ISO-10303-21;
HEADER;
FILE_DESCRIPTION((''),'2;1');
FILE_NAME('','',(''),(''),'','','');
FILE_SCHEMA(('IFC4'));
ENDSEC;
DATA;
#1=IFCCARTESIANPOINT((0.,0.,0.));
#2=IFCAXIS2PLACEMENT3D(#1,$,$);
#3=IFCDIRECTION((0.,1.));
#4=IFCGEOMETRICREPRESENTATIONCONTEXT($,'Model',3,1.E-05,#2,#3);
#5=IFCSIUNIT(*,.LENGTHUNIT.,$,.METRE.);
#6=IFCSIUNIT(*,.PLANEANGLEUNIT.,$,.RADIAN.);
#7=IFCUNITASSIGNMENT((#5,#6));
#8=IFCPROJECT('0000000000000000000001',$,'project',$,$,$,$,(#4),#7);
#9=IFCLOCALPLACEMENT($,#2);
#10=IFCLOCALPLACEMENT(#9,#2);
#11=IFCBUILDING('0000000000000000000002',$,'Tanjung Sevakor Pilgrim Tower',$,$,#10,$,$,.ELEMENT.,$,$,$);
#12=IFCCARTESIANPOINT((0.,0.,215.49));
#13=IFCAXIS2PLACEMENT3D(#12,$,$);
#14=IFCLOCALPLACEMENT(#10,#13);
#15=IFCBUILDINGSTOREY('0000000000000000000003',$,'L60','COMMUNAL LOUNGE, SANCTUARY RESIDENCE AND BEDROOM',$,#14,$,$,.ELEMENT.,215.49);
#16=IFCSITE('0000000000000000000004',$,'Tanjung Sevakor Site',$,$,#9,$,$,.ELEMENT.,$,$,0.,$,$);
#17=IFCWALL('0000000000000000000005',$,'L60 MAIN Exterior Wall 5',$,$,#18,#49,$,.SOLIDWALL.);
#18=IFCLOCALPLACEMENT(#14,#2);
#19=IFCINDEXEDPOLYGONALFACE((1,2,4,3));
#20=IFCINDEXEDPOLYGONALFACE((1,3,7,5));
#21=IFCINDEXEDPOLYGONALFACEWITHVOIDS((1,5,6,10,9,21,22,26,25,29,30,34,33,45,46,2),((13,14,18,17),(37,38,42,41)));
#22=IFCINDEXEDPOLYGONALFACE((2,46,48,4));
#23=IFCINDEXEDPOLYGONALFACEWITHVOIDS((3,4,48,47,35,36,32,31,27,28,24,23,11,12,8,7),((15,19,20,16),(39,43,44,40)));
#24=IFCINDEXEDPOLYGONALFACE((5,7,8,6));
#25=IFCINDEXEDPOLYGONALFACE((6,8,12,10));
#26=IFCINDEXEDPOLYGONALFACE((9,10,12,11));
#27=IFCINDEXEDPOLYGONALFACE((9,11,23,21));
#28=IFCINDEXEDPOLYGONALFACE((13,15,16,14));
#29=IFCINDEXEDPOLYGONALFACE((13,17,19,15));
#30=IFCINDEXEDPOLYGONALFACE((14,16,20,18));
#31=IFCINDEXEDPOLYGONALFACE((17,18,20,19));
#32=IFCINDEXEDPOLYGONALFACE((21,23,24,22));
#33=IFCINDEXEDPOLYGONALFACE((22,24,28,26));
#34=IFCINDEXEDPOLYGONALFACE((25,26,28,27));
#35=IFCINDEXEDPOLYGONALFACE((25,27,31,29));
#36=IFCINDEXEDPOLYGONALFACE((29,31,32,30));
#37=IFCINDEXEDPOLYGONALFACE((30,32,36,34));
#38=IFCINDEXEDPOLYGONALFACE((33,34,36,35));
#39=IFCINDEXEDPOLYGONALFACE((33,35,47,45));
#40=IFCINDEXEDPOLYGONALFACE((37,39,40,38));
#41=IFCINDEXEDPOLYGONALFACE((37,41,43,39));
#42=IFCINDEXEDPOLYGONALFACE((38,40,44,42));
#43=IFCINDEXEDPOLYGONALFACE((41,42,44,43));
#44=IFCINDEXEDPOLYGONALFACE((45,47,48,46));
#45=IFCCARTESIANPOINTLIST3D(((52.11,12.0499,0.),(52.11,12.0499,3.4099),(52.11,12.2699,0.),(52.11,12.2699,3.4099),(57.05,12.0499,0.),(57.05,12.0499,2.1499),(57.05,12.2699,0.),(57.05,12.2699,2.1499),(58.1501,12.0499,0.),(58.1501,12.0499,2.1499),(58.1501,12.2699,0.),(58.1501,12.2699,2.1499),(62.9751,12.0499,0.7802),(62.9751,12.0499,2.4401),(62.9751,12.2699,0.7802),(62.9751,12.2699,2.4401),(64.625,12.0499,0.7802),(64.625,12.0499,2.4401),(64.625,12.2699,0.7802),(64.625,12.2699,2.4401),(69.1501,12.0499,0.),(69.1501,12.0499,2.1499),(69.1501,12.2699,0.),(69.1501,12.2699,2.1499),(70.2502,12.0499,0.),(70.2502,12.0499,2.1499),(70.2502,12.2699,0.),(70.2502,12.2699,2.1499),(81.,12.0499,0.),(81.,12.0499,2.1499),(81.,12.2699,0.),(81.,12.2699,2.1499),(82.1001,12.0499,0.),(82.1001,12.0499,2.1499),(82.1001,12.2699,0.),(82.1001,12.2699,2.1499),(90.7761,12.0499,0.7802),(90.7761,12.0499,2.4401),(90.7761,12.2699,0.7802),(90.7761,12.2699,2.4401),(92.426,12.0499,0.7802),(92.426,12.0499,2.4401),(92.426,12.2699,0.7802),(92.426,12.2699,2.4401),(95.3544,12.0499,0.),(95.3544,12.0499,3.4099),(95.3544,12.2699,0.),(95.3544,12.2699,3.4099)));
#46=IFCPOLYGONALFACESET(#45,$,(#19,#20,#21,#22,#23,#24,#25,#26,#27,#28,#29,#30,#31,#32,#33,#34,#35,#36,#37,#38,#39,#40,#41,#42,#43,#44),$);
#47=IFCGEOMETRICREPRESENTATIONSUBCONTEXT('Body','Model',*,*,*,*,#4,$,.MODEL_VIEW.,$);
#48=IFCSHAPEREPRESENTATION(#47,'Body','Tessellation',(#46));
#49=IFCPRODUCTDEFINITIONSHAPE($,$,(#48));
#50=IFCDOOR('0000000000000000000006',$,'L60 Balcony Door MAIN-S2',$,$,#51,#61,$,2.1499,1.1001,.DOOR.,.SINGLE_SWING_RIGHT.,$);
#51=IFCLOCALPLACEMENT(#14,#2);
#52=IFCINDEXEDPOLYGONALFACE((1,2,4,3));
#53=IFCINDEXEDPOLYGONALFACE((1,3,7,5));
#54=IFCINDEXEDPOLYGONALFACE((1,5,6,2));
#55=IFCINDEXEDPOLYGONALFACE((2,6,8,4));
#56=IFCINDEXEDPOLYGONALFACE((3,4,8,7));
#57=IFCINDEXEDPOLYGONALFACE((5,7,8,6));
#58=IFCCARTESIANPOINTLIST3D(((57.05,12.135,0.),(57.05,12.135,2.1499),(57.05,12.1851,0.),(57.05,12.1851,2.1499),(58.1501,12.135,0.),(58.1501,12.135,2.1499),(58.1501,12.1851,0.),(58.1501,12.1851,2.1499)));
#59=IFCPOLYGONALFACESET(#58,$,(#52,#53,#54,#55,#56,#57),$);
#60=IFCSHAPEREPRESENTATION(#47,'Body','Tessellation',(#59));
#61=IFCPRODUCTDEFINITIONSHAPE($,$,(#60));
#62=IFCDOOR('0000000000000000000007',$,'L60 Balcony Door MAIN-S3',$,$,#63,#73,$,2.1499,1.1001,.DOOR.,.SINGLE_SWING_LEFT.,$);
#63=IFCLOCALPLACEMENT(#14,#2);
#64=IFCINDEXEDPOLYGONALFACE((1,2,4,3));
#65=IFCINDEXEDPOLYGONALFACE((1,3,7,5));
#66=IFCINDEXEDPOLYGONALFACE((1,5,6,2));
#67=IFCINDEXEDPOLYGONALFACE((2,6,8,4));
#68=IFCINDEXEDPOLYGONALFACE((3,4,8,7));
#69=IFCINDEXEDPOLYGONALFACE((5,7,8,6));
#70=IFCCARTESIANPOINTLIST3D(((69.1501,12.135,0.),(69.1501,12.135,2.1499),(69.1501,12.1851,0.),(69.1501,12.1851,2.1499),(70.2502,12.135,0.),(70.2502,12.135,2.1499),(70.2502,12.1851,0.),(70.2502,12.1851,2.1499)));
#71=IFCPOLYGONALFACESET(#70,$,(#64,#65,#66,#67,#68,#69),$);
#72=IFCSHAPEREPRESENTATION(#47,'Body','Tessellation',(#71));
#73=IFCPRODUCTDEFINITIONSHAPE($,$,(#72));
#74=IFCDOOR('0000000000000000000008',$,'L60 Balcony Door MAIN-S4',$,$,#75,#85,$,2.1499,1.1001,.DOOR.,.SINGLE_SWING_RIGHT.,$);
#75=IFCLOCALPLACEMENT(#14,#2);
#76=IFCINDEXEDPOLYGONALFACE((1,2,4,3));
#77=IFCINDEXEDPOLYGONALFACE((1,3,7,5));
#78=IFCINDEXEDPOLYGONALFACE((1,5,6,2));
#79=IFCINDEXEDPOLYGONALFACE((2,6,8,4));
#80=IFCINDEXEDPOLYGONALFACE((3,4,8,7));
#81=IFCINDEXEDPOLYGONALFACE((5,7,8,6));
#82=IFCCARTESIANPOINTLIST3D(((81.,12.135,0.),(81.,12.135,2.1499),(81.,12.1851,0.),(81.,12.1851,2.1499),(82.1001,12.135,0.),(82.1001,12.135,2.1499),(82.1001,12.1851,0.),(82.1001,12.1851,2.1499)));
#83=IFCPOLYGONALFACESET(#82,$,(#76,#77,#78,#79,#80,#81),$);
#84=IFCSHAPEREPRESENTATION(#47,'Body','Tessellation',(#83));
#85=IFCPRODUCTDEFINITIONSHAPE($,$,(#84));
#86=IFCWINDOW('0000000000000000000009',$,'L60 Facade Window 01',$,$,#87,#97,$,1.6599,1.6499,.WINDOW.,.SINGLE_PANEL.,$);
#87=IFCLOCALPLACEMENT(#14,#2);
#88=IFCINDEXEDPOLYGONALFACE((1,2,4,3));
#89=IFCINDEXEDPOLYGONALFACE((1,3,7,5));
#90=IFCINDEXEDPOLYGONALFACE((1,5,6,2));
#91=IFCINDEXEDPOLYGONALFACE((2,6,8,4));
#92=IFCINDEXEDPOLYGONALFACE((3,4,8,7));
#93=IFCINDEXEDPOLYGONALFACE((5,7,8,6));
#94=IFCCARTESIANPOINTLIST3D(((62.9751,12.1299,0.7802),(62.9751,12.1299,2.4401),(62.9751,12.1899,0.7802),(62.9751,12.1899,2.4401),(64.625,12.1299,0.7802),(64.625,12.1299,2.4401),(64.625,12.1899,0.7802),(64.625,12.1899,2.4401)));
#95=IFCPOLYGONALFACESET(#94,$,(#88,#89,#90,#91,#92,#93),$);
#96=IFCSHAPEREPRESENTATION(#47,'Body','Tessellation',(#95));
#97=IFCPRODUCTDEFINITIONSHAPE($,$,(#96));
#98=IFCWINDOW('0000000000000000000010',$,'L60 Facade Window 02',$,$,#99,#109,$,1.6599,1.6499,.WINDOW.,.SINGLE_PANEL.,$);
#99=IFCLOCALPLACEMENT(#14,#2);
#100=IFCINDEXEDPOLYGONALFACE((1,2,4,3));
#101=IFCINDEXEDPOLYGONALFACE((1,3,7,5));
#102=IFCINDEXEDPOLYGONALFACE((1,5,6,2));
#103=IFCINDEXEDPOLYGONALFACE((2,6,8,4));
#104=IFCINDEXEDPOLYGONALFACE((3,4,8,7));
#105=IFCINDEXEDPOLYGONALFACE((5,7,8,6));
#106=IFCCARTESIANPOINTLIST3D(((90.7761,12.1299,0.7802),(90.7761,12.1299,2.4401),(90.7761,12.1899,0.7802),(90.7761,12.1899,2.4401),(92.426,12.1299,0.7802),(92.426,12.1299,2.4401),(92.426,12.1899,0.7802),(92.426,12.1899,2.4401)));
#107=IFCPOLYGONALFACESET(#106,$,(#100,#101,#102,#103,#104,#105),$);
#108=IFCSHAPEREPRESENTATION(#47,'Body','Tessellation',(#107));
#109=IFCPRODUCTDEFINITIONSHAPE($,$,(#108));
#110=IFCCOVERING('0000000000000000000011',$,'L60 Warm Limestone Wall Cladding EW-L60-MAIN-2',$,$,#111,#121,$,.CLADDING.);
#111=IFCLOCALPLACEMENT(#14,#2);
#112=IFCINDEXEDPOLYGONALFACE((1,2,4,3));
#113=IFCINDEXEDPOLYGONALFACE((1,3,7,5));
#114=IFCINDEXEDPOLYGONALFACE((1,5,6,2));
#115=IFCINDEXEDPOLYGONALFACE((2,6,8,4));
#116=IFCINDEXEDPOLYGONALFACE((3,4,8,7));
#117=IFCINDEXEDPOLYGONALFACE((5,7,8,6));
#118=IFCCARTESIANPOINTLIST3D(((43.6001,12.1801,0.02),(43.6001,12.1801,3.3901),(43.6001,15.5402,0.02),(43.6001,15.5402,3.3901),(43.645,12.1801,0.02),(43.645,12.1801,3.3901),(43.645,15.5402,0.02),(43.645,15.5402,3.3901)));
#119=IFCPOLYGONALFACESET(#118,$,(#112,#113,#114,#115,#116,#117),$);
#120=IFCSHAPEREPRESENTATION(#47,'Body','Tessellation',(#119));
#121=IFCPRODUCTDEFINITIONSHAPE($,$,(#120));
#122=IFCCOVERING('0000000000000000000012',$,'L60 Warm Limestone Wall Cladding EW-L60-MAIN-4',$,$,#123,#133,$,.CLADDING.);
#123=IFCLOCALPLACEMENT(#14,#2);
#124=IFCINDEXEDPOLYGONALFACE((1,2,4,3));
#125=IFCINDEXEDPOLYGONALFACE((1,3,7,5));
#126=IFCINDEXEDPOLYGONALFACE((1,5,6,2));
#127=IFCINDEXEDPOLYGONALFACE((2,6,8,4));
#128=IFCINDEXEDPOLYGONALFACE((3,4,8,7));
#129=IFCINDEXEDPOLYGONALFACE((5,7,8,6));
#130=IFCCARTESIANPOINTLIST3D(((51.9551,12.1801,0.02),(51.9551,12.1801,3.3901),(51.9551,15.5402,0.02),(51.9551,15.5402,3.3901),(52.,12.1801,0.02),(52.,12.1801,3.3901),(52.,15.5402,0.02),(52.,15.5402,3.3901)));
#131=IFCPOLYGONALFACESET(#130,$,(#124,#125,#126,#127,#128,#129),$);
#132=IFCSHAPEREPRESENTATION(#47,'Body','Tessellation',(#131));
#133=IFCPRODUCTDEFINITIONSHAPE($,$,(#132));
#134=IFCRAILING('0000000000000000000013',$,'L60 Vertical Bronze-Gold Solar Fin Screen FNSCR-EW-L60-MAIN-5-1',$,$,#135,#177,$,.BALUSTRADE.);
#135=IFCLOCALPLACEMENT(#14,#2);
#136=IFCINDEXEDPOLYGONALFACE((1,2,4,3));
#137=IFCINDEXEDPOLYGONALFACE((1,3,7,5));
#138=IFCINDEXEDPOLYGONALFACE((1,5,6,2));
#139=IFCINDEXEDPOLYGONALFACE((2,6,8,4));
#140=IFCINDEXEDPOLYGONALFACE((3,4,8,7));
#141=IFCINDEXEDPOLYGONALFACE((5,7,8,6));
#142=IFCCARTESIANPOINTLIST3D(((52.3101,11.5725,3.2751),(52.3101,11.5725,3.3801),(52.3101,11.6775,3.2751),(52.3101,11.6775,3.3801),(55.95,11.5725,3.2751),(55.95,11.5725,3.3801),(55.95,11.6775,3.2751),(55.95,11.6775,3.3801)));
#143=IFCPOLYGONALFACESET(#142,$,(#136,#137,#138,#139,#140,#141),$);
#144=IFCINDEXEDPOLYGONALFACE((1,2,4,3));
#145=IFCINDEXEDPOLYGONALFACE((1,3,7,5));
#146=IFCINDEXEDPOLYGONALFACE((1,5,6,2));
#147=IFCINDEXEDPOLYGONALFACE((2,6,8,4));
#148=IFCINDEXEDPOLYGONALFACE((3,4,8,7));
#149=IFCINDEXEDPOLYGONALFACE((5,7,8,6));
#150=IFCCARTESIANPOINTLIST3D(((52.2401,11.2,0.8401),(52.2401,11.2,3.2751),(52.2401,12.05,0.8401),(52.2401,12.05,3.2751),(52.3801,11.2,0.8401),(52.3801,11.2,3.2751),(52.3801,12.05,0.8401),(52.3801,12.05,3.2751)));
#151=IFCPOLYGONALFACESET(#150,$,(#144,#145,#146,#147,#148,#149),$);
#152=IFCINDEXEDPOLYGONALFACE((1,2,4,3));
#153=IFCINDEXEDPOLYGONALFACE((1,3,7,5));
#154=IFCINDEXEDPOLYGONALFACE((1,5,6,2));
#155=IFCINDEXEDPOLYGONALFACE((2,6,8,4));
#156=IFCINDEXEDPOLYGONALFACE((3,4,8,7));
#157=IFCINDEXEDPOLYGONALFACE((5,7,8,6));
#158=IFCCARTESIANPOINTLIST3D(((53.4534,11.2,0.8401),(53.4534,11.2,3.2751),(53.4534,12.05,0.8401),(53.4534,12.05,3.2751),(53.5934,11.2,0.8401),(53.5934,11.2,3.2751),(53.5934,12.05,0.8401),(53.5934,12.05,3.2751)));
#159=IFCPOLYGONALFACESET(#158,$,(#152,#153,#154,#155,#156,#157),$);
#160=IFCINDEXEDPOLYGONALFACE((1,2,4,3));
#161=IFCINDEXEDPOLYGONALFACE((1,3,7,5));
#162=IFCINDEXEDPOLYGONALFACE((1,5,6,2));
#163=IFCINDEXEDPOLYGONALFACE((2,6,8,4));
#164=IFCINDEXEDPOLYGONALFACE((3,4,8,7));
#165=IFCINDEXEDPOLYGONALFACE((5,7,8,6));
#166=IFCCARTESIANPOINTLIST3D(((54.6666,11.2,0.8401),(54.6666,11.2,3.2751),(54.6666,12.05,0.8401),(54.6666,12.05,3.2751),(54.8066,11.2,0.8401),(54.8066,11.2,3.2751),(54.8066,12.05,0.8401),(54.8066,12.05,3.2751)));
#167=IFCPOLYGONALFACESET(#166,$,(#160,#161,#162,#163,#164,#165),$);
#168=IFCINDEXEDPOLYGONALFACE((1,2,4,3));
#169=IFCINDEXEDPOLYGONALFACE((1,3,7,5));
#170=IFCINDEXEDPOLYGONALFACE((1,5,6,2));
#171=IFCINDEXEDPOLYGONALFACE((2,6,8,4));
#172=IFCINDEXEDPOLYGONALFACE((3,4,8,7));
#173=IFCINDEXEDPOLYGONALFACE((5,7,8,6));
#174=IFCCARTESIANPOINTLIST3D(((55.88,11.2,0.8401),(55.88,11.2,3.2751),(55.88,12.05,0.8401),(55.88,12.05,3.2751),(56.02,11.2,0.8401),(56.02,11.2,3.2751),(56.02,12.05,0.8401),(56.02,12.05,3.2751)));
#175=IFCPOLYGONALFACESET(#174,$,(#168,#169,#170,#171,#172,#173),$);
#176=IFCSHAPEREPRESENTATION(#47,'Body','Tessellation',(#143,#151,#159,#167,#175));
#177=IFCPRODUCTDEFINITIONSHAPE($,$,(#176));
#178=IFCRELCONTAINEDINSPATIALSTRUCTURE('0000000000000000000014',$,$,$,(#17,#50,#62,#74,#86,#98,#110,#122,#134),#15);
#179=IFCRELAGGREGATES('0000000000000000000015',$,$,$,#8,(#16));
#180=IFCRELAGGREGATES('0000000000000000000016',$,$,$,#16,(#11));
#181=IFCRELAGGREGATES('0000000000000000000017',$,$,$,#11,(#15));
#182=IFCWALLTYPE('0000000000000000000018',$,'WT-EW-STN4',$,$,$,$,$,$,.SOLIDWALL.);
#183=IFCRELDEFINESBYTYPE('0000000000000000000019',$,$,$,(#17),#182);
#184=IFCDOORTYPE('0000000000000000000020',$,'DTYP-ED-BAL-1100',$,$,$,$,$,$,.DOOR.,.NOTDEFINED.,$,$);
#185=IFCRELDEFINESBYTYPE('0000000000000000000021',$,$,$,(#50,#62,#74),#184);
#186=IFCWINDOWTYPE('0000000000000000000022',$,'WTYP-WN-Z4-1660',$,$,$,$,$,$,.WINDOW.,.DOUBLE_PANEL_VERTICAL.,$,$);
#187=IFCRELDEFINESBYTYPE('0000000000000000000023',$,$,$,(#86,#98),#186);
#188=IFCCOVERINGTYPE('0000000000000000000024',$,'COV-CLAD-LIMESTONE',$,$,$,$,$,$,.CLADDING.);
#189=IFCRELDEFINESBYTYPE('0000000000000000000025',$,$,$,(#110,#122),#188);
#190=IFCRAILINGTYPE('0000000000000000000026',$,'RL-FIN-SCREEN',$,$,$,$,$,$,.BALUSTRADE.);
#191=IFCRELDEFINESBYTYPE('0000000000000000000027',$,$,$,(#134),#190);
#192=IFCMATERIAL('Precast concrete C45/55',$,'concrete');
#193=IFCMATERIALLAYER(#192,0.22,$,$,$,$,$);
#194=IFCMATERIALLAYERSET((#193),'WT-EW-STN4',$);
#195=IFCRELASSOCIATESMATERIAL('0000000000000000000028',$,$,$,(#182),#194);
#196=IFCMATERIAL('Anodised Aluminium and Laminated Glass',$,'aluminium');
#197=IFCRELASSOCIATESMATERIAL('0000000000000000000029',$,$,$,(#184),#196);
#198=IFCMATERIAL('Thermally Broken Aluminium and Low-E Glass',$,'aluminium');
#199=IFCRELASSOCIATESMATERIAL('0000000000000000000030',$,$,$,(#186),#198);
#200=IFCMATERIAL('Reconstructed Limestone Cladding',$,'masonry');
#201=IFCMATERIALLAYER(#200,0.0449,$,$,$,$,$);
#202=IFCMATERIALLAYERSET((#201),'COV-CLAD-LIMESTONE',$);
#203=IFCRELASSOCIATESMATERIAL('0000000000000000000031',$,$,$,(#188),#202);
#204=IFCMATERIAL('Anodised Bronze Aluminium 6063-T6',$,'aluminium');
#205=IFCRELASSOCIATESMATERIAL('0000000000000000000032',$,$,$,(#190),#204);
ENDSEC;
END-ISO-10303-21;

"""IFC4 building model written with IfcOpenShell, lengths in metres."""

from ifc_helpers import new_model, si_unit, direction, frame, frame_2d, origin, origin_2d, place, context, subcontext, project, spatial, rectangle, extrude, material, layer, layer_set, type_object, element, fill, save


model = new_model("IFC4")

# Units and contexts
model_context = context("Model", 3, precision=1e-05, world=origin(), true_north=direction((0.0, 1.0)))
body_context = subcontext(model_context, "Body", "Model", "MODEL_VIEW")
ifc_project = project(units=[si_unit("LENGTHUNIT", "METRE"), si_unit("PLANEANGLEUNIT", "RADIAN")], contexts=[model_context])

# Site, building, storey
site_placement = place(None, origin())
site = spatial("IfcSite", under=ifc_project, at=site_placement, Name="Tanjung Sevakor Site", CompositionType="ELEMENT", RefElevation=0.0)
building_placement = place(site_placement, origin())
building = spatial("IfcBuilding", under=site, at=building_placement, Name="Tanjung Sevakor Pilgrim Tower", CompositionType="ELEMENT")
storey_placement = place(building_placement, frame((0.0, 0.0, 215.49)))
storey = spatial("IfcBuildingStorey", under=building, at=storey_placement, Name="L60", Description="COMMUNAL LOUNGE, SANCTUARY RESIDENCE AND BEDROOM", CompositionType="ELEMENT", Elevation=215.49)

# Shared definitions
ifc_material_1 = material(Name="Precast concrete C45/55", Category="concrete")
ifc_layer_1 = layer(ifc_material_1, 0.22)
ifc_layer_set_1 = layer_set([ifc_layer_1], Name="WT-EW-STN4")
wall_type_1 = type_object("IfcWallType", Name="WT-EW-STN4", PredefinedType="SOLIDWALL", material=ifc_layer_set_1)

# Wall, openings, doors, windows
wall_1_placement = place(storey_placement, frame((52.1101, 12.1599, 0.0), z_axis=(0.0, 0.0, 1.0), x_axis=(1.0, 0.0, 0.0)))
wall_1 = element("IfcWall", 1, at=wall_1_placement, inside=storey, type_object=wall_type_1, Name="L60 MAIN Exterior Wall 5", PredefinedType="SOLIDWALL", context=body_context, shape_type="SweptSolid", body=[
    extrude(rectangle(XDim=43.2444, YDim=0.22, at=frame_2d((21.6221, 0.0))), origin(), (0.0, 0.0, 1.0), 3.4099),
])
opening_1_placement = place(wall_1_placement, frame((4.9399, 0.0, 0.0)))
opening_1 = element("IfcOpeningElement", 2, at=opening_1_placement, cuts=wall_1, PredefinedType="OPENING", context=body_context, shape_type="SweptSolid", body=[
    extrude(rectangle(XDim=1.1001, YDim=2.1499, at=frame_2d((0.55, 1.075))), frame((0.0, 0.1199, 0.0), z_axis=(0.0, -1.0, 0.0), x_axis=(1.0, 0.0, 0.0)), (0.0, 0.0, 1.0), 0.24),
])
opening_2_placement = place(wall_1_placement, frame((17.04, 0.0, 0.0)))
opening_2 = element("IfcOpeningElement", 3, at=opening_2_placement, cuts=wall_1, PredefinedType="OPENING", context=body_context, shape_type="SweptSolid", body=[
    extrude(rectangle(XDim=1.1001, YDim=2.1499, at=frame_2d((0.55, 1.075))), frame((0.0, 0.1199, 0.0), z_axis=(0.0, -1.0, 0.0), x_axis=(1.0, 0.0, 0.0)), (0.0, 0.0, 1.0), 0.24),
])
opening_3_placement = place(wall_1_placement, frame((28.8899, 0.0, 0.0)))
opening_3 = element("IfcOpeningElement", 4, at=opening_3_placement, cuts=wall_1, PredefinedType="OPENING", context=body_context, shape_type="SweptSolid", body=[
    extrude(rectangle(XDim=1.1001, YDim=2.1499, at=frame_2d((0.55, 1.075))), frame((0.0, 0.1199, 0.0), z_axis=(0.0, -1.0, 0.0), x_axis=(1.0, 0.0, 0.0)), (0.0, 0.0, 1.0), 0.24),
])
opening_4_placement = place(wall_1_placement, frame((10.865, 0.0, 0.78)))
opening_4 = element("IfcOpeningElement", 5, at=opening_4_placement, cuts=wall_1, PredefinedType="OPENING", context=body_context, shape_type="SweptSolid", body=[
    extrude(rectangle(XDim=1.6499, YDim=1.6599, at=frame_2d((0.825, 0.8301))), frame((0.0, 0.1199, 0.0), z_axis=(0.0, -1.0, 0.0), x_axis=(1.0, 0.0, 0.0)), (0.0, 0.0, 1.0), 0.24),
])
opening_5_placement = place(wall_1_placement, frame((38.666, 0.0, 0.78)))
opening_5 = element("IfcOpeningElement", 6, at=opening_5_placement, cuts=wall_1, PredefinedType="OPENING", context=body_context, shape_type="SweptSolid", body=[
    extrude(rectangle(XDim=1.6499, YDim=1.6599, at=frame_2d((0.825, 0.8301))), frame((0.0, 0.1199, 0.0), z_axis=(0.0, -1.0, 0.0), x_axis=(1.0, 0.0, 0.0)), (0.0, 0.0, 1.0), 0.24),
])
ifc_material_2 = material(Name="Anodised Aluminium and Laminated Glass", Category="aluminium")
door_type = type_object("IfcDoorType", Name="DTYP-ED-BAL-1100", OperationType="NOTDEFINED", PredefinedType="DOOR", material=ifc_material_2)
door_1_placement = place(opening_1_placement, frame((1.1001, 0.0, 0.0), z_axis=(0.0, 0.0, 1.0), x_axis=(-1.0, 0.0, 0.0)))
door_1 = element("IfcDoor", 7, at=door_1_placement, inside=storey, type_object=door_type, Name="L60 Balcony Door MAIN-S2", OperationType="SINGLE_SWING_RIGHT", OverallHeight=2.1499, OverallWidth=1.1001, PredefinedType="DOOR", context=body_context, shape_type="SweptSolid", body=[
    extrude(rectangle(XDim=1.1001, YDim=2.1499, at=frame_2d((0.55, 1.075))), frame((0.0, 0.0249, 0.0), z_axis=(0.0, -1.0, 0.0), x_axis=(1.0, 0.0, 0.0)), (0.0, 0.0, 1.0), 0.05),
])
fill(opening_1, door_1)
door_2_placement = place(opening_2_placement, frame((1.1001, 0.0, 0.0), z_axis=(0.0, 0.0, 1.0), x_axis=(-1.0, 0.0, 0.0)))
door_2 = element("IfcDoor", 8, at=door_2_placement, inside=storey, type_object=door_type, Name="L60 Balcony Door MAIN-S3", OperationType="SINGLE_SWING_LEFT", OverallHeight=2.1499, OverallWidth=1.1001, PredefinedType="DOOR", context=body_context, shape_type="SweptSolid", body=[
    extrude(rectangle(XDim=1.1001, YDim=2.1499, at=frame_2d((0.55, 1.075))), frame((0.0, 0.0249, 0.0), z_axis=(0.0, -1.0, 0.0), x_axis=(1.0, 0.0, 0.0)), (0.0, 0.0, 1.0), 0.05),
])
fill(opening_2, door_2)
door_3_placement = place(opening_3_placement, frame((1.1001, 0.0, 0.0), z_axis=(0.0, 0.0, 1.0), x_axis=(-1.0, 0.0, 0.0)))
door_3 = element("IfcDoor", 9, at=door_3_placement, inside=storey, type_object=door_type, Name="L60 Balcony Door MAIN-S4", OperationType="SINGLE_SWING_RIGHT", OverallHeight=2.1499, OverallWidth=1.1001, PredefinedType="DOOR", context=body_context, shape_type="SweptSolid", body=[
    extrude(rectangle(XDim=1.1001, YDim=2.1499, at=frame_2d((0.55, 1.075))), frame((0.0, 0.0249, 0.0), z_axis=(0.0, -1.0, 0.0), x_axis=(1.0, 0.0, 0.0)), (0.0, 0.0, 1.0), 0.05),
])
fill(opening_3, door_3)
ifc_material_3 = material(Name="Thermally Broken Aluminium and Low-E Glass", Category="aluminium")
window_type = type_object("IfcWindowType", Name="WTYP-WN-Z4-1660", PartitioningType="DOUBLE_PANEL_VERTICAL", PredefinedType="WINDOW", material=ifc_material_3)
window_1_placement = place(opening_4_placement, origin())
window_1 = element("IfcWindow", 10, at=window_1_placement, inside=storey, type_object=window_type, Name="L60 Facade Window 01", OverallHeight=1.6599, OverallWidth=1.6499, PartitioningType="SINGLE_PANEL", PredefinedType="WINDOW", context=body_context, shape_type="SweptSolid", body=[
    extrude(rectangle(XDim=1.6499, YDim=1.6599, at=frame_2d((0.825, 0.8301))), frame((0.0, 0.03, 0.0), z_axis=(0.0, -1.0, 0.0), x_axis=(1.0, 0.0, 0.0)), (0.0, 0.0, 1.0), 0.0601),
])
fill(opening_4, window_1)
window_2_placement = place(opening_5_placement, origin())
window_2 = element("IfcWindow", 11, at=window_2_placement, inside=storey, type_object=window_type, Name="L60 Facade Window 02", OverallHeight=1.6599, OverallWidth=1.6499, PartitioningType="SINGLE_PANEL", PredefinedType="WINDOW", context=body_context, shape_type="SweptSolid", body=[
    extrude(rectangle(XDim=1.6499, YDim=1.6599, at=frame_2d((0.825, 0.8301))), frame((0.0, 0.03, 0.0), z_axis=(0.0, -1.0, 0.0), x_axis=(1.0, 0.0, 0.0)), (0.0, 0.0, 1.0), 0.0601),
])
fill(opening_5, window_2)

# Coverings
ifc_material_4 = material(Name="Reconstructed Limestone Cladding", Category="masonry")
ifc_layer_2 = layer(ifc_material_4, 0.0449)
ifc_layer_set_2 = layer_set([ifc_layer_2], Name="COV-CLAD-LIMESTONE")
covering_type = type_object("IfcCoveringType", Name="COV-CLAD-LIMESTONE", PredefinedType="CLADDING", material=ifc_layer_set_2)
for number, where, z_axis, x_axis, name in (
    (12, (43.6226, 13.8601, 0.02), (0.0, 0.0, 1.0), (0.0, 1.0, 0.0), "L60 Warm Limestone Wall Cladding EW-L60-MAIN-2"),
    (13, (51.9775, 13.8601, 0.02), (0.0, 0.0, 1.0), (0.0, -1.0, 0.0), "L60 Warm Limestone Wall Cladding EW-L60-MAIN-4"),
):
    element("IfcCovering", number, at=place(storey_placement, frame(where, z_axis=z_axis, x_axis=x_axis)), inside=storey, type_object=covering_type, Name=name, PredefinedType="CLADDING", context=body_context, shape_type="SweptSolid", body=[
        extrude(rectangle(XDim=3.3601, YDim=0.0449, at=origin_2d()), origin(), (0.0, 0.0, 1.0), 3.3701),
    ])

# Railing
ifc_material_5 = material(Name="Anodised Bronze Aluminium 6063-T6", Category="aluminium")
railing_type = type_object("IfcRailingType", Name="RL-FIN-SCREEN", PredefinedType="BALUSTRADE", material=ifc_material_5)
railing_placement = place(storey_placement, frame((52.3101, 11.625, 0.8401)))
element("IfcRailing", 14, at=railing_placement, inside=storey, type_object=railing_type, Name="L60 Vertical Bronze-Gold Solar Fin Screen FNSCR-EW-L60-MAIN-5-1", PredefinedType="BALUSTRADE", context=body_context, shape_type="SweptSolid", body=[
    extrude(rectangle(XDim=0.105, YDim=0.105), frame((0.0, 0.0, 2.4875), z_axis=(1.0, 0.0, 0.0), x_axis=(0.0, 1.0, 0.0)), (0.0, 0.0, 1.0), 3.6399),
    extrude(rectangle(XDim=0.14, YDim=0.85), origin(), (0.0, 0.0, 1.0), 2.4351),
    extrude(rectangle(XDim=0.14, YDim=0.85), frame((1.2134, 0.0, 0.0)), (0.0, 0.0, 1.0), 2.4351),
    extrude(rectangle(XDim=0.14, YDim=0.85), frame((2.4265, 0.0, 0.0)), (0.0, 0.0, 1.0), 2.4351),
    extrude(rectangle(XDim=0.14, YDim=0.85), frame((3.6399, 0.0, 0.0)), (0.0, 0.0, 1.0), 2.4351),
])

save(model, "model.ifc")
